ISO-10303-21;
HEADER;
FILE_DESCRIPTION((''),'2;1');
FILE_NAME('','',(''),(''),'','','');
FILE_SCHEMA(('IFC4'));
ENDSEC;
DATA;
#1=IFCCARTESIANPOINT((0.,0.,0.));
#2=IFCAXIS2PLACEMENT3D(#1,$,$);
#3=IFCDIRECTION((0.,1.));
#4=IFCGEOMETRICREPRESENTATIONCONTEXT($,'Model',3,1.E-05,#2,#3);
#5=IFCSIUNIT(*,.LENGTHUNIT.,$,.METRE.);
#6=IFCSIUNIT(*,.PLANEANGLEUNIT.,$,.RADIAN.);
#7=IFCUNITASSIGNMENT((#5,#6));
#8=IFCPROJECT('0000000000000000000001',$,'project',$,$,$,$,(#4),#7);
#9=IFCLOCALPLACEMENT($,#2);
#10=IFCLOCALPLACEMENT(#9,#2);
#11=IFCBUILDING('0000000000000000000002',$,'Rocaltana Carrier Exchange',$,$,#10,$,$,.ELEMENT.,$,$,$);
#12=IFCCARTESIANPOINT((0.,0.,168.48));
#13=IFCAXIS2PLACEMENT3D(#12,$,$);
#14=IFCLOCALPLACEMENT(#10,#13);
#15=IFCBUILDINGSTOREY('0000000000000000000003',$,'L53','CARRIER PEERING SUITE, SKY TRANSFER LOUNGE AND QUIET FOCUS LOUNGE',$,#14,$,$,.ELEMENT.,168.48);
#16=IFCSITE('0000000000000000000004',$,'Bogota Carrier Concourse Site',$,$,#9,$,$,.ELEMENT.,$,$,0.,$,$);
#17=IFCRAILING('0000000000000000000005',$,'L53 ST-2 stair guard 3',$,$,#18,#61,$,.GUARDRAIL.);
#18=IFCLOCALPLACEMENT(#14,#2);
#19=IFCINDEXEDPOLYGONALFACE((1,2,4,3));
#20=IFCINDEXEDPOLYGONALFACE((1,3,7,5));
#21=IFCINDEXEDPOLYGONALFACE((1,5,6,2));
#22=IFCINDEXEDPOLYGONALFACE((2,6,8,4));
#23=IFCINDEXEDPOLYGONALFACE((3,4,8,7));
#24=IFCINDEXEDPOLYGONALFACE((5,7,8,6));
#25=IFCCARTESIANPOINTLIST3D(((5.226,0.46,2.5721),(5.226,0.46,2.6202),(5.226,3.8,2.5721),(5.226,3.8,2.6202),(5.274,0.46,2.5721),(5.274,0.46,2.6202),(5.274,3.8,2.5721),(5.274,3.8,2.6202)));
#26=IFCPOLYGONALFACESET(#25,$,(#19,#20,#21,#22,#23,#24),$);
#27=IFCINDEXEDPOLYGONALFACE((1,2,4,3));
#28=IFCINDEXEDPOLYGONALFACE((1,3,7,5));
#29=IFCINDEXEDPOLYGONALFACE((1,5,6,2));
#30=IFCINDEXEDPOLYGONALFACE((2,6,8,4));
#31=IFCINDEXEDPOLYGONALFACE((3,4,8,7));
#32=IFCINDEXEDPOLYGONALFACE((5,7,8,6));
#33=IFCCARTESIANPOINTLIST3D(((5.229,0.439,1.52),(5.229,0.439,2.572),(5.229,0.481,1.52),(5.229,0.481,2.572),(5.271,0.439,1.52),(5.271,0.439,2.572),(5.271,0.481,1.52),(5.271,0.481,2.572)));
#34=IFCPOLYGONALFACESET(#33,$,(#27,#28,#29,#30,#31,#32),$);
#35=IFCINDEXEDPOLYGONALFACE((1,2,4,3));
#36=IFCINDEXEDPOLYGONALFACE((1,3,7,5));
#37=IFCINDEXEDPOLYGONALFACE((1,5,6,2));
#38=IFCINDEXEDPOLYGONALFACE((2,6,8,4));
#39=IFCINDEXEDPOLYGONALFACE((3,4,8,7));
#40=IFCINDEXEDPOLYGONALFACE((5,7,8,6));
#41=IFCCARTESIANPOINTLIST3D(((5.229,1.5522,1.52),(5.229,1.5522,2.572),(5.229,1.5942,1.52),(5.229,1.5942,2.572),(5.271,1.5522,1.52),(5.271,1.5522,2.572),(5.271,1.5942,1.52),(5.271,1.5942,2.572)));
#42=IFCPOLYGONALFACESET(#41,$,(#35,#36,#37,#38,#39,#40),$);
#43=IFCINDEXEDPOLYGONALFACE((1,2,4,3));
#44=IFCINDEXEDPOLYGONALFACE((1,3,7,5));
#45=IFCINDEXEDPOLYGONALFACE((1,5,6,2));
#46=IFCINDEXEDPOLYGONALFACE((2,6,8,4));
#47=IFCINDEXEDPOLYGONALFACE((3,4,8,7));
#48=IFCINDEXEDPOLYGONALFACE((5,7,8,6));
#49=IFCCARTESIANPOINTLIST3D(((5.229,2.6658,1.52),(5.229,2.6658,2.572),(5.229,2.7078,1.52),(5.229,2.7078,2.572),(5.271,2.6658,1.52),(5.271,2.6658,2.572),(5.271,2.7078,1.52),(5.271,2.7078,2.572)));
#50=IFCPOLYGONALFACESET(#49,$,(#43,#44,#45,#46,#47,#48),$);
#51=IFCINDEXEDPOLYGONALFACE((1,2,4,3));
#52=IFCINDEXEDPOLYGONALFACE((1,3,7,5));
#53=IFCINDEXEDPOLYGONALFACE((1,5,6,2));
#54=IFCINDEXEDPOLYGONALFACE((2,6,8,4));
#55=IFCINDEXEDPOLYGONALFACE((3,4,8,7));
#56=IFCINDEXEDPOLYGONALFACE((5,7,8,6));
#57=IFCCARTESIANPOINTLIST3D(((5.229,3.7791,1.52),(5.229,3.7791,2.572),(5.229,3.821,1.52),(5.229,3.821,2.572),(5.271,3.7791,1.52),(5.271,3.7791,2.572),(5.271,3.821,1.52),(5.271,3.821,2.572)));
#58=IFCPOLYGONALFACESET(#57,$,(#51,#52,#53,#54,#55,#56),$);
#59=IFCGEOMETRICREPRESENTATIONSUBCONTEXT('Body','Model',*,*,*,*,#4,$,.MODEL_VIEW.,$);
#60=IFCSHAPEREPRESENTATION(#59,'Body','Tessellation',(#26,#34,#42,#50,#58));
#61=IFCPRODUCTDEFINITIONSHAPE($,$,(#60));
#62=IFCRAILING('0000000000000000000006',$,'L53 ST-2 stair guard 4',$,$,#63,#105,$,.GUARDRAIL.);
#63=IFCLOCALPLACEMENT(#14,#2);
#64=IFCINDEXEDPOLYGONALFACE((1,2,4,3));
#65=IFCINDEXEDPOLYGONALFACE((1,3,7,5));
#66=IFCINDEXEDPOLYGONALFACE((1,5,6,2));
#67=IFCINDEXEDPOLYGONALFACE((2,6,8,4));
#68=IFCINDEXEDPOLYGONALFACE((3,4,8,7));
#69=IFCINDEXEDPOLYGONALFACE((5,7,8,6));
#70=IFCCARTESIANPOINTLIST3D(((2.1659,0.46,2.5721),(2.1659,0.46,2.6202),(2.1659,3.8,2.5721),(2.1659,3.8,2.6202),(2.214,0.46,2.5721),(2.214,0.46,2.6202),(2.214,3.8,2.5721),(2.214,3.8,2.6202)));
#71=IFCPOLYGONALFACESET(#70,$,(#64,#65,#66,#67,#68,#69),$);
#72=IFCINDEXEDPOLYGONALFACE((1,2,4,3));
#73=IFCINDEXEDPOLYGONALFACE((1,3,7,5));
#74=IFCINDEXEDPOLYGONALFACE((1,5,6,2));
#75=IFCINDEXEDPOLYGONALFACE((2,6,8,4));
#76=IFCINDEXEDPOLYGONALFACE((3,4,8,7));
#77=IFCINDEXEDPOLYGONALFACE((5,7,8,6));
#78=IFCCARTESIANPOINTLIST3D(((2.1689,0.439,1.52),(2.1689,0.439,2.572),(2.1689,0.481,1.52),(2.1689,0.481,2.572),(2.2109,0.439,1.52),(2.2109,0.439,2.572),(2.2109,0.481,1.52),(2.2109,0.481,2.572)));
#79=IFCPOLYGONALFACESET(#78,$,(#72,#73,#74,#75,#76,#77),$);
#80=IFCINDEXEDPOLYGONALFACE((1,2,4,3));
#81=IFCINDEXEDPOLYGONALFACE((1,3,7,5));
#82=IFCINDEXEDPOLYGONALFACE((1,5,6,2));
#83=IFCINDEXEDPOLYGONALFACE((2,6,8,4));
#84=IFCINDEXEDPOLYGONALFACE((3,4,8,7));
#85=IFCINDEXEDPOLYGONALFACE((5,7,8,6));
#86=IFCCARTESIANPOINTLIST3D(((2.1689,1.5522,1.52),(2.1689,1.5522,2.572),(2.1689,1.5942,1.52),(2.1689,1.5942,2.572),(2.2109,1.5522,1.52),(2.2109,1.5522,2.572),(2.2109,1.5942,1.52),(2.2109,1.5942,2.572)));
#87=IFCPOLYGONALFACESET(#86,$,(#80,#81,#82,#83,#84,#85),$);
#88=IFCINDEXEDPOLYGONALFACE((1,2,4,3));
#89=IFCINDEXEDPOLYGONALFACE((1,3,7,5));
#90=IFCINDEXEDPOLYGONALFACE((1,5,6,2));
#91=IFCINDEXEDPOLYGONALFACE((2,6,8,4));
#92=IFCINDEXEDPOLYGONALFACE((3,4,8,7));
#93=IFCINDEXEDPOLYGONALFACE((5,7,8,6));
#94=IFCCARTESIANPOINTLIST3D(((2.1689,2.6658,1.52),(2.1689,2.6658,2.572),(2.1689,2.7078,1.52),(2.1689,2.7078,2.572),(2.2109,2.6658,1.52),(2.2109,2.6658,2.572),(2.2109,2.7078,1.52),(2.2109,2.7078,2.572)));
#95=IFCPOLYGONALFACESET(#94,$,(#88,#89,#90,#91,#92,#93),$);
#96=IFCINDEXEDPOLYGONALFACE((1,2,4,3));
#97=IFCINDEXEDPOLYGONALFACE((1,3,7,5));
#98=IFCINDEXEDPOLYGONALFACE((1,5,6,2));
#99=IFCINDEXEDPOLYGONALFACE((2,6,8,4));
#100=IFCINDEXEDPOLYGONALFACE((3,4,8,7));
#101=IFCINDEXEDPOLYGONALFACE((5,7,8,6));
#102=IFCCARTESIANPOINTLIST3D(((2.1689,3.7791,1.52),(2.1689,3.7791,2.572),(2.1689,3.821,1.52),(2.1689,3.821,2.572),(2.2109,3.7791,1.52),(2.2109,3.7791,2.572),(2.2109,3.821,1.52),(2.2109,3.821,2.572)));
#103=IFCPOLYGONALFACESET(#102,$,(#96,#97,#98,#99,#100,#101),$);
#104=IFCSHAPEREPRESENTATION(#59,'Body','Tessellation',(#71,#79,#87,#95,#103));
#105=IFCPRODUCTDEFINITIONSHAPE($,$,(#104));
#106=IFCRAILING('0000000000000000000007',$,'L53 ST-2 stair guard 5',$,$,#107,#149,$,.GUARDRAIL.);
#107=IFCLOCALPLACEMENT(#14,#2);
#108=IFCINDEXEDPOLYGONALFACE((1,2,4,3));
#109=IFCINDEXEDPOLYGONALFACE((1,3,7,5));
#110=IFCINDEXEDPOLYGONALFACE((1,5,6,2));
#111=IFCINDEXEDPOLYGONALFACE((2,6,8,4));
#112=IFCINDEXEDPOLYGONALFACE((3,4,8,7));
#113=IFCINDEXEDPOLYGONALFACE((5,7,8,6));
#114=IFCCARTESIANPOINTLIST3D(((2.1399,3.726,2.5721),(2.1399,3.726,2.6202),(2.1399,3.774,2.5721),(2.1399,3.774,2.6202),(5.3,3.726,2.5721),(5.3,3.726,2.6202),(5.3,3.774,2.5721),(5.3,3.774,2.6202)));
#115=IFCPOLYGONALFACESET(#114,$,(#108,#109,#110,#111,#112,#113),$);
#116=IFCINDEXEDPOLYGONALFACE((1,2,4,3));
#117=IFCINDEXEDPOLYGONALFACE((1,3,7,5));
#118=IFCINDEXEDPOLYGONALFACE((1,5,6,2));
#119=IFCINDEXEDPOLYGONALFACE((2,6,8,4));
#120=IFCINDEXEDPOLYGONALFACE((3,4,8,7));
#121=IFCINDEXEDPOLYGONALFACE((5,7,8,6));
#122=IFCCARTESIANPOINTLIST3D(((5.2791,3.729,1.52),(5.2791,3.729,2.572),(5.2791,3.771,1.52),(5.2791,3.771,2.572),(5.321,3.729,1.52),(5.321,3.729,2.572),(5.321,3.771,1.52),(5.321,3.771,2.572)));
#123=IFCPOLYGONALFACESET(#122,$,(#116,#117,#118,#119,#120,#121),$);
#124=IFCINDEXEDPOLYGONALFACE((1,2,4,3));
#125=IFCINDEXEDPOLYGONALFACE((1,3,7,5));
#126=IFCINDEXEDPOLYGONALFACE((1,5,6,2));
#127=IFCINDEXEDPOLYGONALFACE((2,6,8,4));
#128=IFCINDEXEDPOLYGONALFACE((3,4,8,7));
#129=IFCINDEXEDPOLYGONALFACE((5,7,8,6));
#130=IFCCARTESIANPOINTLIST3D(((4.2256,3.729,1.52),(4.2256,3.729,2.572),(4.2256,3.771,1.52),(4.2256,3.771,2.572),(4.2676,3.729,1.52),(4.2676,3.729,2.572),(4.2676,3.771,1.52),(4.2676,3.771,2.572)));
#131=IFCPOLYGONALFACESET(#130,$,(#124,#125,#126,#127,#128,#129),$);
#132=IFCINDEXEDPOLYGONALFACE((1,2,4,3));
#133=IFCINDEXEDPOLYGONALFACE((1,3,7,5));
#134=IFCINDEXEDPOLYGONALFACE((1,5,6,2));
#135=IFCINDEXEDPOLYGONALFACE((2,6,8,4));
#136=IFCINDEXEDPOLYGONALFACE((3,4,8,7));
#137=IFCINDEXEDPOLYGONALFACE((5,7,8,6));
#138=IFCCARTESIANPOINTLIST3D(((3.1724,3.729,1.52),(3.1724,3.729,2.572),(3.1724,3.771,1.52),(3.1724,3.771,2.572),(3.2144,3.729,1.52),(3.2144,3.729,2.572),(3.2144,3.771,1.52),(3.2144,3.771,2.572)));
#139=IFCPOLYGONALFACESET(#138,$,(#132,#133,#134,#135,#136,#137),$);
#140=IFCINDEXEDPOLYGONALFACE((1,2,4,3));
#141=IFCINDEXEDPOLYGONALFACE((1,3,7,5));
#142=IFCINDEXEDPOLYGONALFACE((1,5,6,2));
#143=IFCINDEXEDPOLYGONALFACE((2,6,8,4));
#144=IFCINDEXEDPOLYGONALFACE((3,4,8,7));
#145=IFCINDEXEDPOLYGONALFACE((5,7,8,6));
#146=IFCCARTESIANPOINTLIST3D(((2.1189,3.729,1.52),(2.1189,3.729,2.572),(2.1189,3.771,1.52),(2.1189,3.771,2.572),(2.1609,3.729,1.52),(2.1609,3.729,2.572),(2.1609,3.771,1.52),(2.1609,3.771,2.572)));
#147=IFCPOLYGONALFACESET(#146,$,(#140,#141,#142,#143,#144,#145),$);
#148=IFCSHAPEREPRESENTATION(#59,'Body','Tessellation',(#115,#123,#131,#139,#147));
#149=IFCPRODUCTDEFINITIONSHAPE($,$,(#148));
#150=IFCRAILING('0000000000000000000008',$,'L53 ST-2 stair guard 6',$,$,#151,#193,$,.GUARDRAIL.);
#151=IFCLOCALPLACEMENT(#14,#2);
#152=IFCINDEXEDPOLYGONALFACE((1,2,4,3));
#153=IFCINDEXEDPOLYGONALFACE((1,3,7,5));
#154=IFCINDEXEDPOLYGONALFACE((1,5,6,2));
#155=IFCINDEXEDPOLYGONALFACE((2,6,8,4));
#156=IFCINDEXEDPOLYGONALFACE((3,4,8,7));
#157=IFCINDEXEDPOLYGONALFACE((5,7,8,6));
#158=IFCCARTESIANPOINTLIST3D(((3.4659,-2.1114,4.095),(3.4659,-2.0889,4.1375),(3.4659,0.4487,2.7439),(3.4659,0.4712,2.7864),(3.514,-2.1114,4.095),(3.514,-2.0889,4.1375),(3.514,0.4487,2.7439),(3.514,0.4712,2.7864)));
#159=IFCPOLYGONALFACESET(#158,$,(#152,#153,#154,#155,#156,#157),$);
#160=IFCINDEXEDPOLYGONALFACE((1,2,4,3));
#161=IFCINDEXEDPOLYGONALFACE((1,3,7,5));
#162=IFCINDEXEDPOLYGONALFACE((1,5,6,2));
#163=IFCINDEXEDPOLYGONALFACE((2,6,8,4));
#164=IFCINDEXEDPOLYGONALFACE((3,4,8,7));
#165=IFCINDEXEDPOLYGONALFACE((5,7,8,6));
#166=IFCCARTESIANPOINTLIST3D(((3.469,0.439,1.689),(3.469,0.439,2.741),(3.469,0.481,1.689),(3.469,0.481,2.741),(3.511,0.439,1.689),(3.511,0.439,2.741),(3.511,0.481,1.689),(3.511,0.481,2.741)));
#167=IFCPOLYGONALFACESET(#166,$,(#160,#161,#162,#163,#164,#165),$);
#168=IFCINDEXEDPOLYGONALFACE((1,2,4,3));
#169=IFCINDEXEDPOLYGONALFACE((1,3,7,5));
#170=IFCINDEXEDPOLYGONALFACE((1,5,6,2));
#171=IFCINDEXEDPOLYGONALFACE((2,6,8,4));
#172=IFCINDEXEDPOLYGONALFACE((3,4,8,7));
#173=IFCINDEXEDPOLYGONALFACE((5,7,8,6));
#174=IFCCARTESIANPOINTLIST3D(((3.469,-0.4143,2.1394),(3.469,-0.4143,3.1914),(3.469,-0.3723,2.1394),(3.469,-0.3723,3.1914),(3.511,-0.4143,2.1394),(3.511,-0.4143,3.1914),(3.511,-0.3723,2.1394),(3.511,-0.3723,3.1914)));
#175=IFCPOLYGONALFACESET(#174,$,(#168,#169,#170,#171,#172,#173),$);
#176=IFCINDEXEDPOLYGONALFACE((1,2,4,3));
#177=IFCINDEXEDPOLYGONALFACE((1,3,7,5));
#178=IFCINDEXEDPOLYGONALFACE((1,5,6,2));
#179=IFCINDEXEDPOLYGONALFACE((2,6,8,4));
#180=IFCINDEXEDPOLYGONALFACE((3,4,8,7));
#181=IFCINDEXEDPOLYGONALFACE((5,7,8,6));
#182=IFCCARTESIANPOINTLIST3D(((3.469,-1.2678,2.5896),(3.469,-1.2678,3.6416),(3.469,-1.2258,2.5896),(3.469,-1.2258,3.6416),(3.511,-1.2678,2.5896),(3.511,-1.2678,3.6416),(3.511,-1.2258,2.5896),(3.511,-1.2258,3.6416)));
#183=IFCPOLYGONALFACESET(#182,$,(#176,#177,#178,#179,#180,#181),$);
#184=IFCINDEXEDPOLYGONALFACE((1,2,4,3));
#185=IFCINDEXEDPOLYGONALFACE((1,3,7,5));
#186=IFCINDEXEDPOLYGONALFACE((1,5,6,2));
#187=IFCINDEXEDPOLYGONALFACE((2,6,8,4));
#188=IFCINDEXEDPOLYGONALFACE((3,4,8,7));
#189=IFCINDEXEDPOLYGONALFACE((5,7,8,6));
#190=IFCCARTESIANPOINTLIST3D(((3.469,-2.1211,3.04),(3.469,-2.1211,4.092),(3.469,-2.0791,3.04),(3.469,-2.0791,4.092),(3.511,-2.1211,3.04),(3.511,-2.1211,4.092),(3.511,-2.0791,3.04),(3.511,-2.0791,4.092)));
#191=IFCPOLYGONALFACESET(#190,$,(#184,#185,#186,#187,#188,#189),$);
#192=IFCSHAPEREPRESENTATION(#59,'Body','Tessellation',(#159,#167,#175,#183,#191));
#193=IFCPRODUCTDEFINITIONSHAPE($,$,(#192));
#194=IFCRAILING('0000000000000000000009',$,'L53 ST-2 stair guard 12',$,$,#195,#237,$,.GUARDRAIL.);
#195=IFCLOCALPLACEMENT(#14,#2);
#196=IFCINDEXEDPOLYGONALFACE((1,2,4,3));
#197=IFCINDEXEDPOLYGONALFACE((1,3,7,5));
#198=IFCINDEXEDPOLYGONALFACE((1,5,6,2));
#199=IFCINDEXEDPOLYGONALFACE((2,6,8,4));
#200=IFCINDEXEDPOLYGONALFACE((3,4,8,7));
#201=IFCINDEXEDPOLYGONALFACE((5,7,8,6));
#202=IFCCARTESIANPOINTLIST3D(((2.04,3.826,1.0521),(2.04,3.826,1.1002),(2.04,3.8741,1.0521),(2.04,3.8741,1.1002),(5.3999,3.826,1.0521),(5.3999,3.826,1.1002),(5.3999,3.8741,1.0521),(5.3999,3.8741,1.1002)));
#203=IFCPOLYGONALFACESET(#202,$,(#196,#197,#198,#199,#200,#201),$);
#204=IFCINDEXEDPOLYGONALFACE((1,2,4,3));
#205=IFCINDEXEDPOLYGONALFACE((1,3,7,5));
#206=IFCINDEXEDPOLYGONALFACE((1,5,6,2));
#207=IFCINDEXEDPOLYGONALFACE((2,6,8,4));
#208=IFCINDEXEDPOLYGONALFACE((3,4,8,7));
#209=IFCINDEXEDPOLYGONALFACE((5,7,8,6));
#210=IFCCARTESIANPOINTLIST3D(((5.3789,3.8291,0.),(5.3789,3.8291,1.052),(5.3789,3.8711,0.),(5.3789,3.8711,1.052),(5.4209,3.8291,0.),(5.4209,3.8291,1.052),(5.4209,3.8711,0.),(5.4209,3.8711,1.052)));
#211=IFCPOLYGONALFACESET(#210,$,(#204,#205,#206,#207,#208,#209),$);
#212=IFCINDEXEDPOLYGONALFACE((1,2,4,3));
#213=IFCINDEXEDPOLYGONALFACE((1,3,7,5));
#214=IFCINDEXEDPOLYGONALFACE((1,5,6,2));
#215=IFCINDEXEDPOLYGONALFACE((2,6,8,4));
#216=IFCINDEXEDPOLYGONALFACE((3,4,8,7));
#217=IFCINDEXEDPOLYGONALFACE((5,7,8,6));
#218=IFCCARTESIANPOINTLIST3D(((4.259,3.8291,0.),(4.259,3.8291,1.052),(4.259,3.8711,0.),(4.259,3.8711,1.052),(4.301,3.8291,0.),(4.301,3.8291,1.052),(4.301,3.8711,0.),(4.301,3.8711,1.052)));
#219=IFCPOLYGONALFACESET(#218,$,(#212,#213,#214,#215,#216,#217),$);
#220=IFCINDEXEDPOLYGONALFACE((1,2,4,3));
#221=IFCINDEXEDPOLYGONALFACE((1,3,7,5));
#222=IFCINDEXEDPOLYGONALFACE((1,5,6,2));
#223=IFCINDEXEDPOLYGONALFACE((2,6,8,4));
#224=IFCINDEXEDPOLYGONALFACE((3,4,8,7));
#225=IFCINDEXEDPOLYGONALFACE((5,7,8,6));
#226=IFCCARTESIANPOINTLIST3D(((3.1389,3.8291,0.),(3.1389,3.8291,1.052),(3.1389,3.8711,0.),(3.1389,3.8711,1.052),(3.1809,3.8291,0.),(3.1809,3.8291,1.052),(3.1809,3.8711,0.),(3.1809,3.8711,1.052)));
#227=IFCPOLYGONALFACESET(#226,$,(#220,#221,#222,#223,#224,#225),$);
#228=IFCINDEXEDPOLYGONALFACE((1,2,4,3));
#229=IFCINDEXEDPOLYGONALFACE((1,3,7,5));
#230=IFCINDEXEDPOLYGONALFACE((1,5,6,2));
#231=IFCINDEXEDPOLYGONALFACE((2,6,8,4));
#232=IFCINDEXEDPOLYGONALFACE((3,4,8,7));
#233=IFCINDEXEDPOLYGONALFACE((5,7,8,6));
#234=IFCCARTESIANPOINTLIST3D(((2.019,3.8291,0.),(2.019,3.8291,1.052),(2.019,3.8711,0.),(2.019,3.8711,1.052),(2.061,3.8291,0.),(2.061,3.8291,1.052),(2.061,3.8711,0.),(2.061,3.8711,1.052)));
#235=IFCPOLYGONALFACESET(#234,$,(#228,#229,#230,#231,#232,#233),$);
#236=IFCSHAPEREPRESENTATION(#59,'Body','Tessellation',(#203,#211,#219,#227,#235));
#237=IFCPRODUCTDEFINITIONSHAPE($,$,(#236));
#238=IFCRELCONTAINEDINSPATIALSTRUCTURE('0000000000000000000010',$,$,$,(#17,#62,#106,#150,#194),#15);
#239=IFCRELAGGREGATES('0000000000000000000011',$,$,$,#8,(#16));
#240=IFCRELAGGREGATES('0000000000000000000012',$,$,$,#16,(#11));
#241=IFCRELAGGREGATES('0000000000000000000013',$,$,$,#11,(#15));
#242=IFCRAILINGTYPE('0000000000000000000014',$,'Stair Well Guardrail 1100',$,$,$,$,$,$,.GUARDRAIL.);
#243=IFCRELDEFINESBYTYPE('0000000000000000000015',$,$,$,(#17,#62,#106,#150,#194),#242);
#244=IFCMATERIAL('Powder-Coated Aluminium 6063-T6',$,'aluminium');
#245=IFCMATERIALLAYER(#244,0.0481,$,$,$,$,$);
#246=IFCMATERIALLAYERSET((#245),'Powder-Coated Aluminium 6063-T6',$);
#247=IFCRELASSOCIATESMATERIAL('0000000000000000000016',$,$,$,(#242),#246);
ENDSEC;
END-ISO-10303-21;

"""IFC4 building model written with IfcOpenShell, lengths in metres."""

from ifc_helpers import new_model, si_unit, direction, frame, origin, origin_2d, place, context, subcontext, project, spatial, rectangle, extrude, material, layer, layer_set, type_object, element, save


model = new_model("IFC4")

# Units and contexts
model_context = context("Model", 3, precision=1e-05, world=origin(), true_north=direction((0.0, 1.0)))
body_context = subcontext(model_context, "Body", "Model", "MODEL_VIEW")
ifc_project = project(units=[si_unit("LENGTHUNIT", "METRE"), si_unit("PLANEANGLEUNIT", "RADIAN")], contexts=[model_context])

# Site, building, storey
site_placement = place(None, origin())
site = spatial("IfcSite", under=ifc_project, at=site_placement, Name="Bogota Carrier Concourse Site", CompositionType="ELEMENT", RefElevation=0.0)
building_placement = place(site_placement, origin())
building = spatial("IfcBuilding", under=site, at=building_placement, Name="Rocaltana Carrier Exchange", CompositionType="ELEMENT")
storey_placement = place(building_placement, frame((0.0, 0.0, 168.48)))
storey = spatial("IfcBuildingStorey", under=building, at=storey_placement, Name="L53", Description="CARRIER PEERING SUITE, SKY TRANSFER LOUNGE AND QUIET FOCUS LOUNGE", CompositionType="ELEMENT", Elevation=168.48)

# Railings
ifc_material_1 = material(Name="Powder-Coated Aluminium 6063-T6", Category="aluminium")
ifc_layer_1 = layer(ifc_material_1, 0.0481)
ifc_layer_set_1 = layer_set([ifc_layer_1], Name="Powder-Coated Aluminium 6063-T6")
railing_type_1 = type_object("IfcRailingType", Name="Stair Well Guardrail 1100", PredefinedType="GUARDRAIL", material=ifc_layer_set_1)
for number, where, name in (
    (1, (5.25, 0.46, 1.52), "L53 ST-2 stair guard 3"),
    (2, (2.1899, 0.46, 1.52), "L53 ST-2 stair guard 4"),
):
    element("IfcRailing", number, at=place(storey_placement, frame(where)), inside=storey, type_object=railing_type_1, Name=name, PredefinedType="GUARDRAIL", context=body_context, shape_type="SweptSolid", body=[
        extrude(rectangle(XDim=0.0481, YDim=0.0481, at=origin_2d()), frame((0.0, 0.0, 1.0762), z_axis=(0.0, 1.0, 0.0), x_axis=(-1.0, 0.0, 0.0)), (0.0, 0.0, 1.0), 3.3401),
        extrude(rectangle(XDim=0.042, YDim=0.042, at=origin_2d()), origin(), (0.0, 0.0, 1.0), 1.052),
        extrude(rectangle(XDim=0.042, YDim=0.042, at=origin_2d()), frame((0.0, 1.1133, 0.0)), (0.0, 0.0, 1.0), 1.052),
        extrude(rectangle(XDim=0.042, YDim=0.042, at=origin_2d()), frame((0.0, 2.2268, 0.0)), (0.0, 0.0, 1.0), 1.052),
        extrude(rectangle(XDim=0.042, YDim=0.042, at=origin_2d()), frame((0.0, 3.3401, 0.0)), (0.0, 0.0, 1.0), 1.052),
    ])
railing_1_placement = place(storey_placement, frame((5.3, 3.75, 1.52)))
element("IfcRailing", 3, at=railing_1_placement, inside=storey, type_object=railing_type_1, Name="L53 ST-2 stair guard 5", PredefinedType="GUARDRAIL", context=body_context, shape_type="SweptSolid", body=[
    extrude(rectangle(XDim=0.0481, YDim=0.0481, at=origin_2d()), frame((0.0, 0.0, 1.0762), z_axis=(-1.0, 0.0, 0.0), x_axis=(0.0, -1.0, 0.0)), (0.0, 0.0, 1.0), 3.1602),
    extrude(rectangle(XDim=0.042, YDim=0.042, at=origin_2d()), origin(), (0.0, 0.0, 1.0), 1.052),
    extrude(rectangle(XDim=0.042, YDim=0.042, at=origin_2d()), frame((-1.0535, 0.0, 0.0)), (0.0, 0.0, 1.0), 1.052),
    extrude(rectangle(XDim=0.042, YDim=0.042, at=origin_2d()), frame((-2.1067, 0.0, 0.0)), (0.0, 0.0, 1.0), 1.052),
    extrude(rectangle(XDim=0.042, YDim=0.042, at=origin_2d()), frame((-3.1602, 0.0, 0.0)), (0.0, 0.0, 1.0), 1.052),
])
railing_2_placement = place(storey_placement, frame((3.49, 0.46, 1.689)))
element("IfcRailing", 4, at=railing_2_placement, inside=storey, type_object=railing_type_1, Name="L53 ST-2 stair guard 6", PredefinedType="GUARDRAIL", context=body_context, shape_type="SweptSolid", body=[
    extrude(rectangle(XDim=0.0481, YDim=0.0481, at=origin_2d()), frame((0.0, 0.0, 1.0762), z_axis=(0.0, -0.884394, 0.46674), x_axis=(1.0, 0.0, 0.0)), (0.0, 0.0, 1.0), 2.8948),
    extrude(rectangle(XDim=0.042, YDim=0.042, at=origin_2d()), origin(), (0.0, 0.0, 1.0), 1.052),
    extrude(rectangle(XDim=0.042, YDim=0.042, at=origin_2d()), frame((0.0, -0.8533, 0.4504)), (0.0, 0.0, 1.0), 1.052),
    extrude(rectangle(XDim=0.042, YDim=0.042, at=origin_2d()), frame((0.0, -1.7068, 0.9006)), (0.0, 0.0, 1.0), 1.052),
    extrude(rectangle(XDim=0.042, YDim=0.042, at=origin_2d()), frame((0.0, -2.5601, 1.3511)), (0.0, 0.0, 1.0), 1.052),
])
railing_3_placement = place(storey_placement, frame((5.3999, 3.8501, 0.0)))
element("IfcRailing", 5, at=railing_3_placement, inside=storey, type_object=railing_type_1, Name="L53 ST-2 stair guard 12", PredefinedType="GUARDRAIL", context=body_context, shape_type="SweptSolid", body=[
    extrude(rectangle(XDim=0.0481, YDim=0.0481, at=origin_2d()), frame((0.0, 0.0, 1.0762), z_axis=(-1.0, 0.0, 0.0), x_axis=(0.0, -1.0, 0.0)), (0.0, 0.0, 1.0), 3.3599),
    extrude(rectangle(XDim=0.042, YDim=0.042, at=origin_2d()), origin(), (0.0, 0.0, 1.0), 1.052),
    extrude(rectangle(XDim=0.042, YDim=0.042, at=origin_2d()), frame((-1.1199, 0.0, 0.0)), (0.0, 0.0, 1.0), 1.052),
    extrude(rectangle(XDim=0.042, YDim=0.042, at=origin_2d()), frame((-2.24, 0.0, 0.0)), (0.0, 0.0, 1.0), 1.052),
    extrude(rectangle(XDim=0.042, YDim=0.042, at=origin_2d()), frame((-3.3599, 0.0, 0.0)), (0.0, 0.0, 1.0), 1.052),
])

save(model, "model.ifc")
